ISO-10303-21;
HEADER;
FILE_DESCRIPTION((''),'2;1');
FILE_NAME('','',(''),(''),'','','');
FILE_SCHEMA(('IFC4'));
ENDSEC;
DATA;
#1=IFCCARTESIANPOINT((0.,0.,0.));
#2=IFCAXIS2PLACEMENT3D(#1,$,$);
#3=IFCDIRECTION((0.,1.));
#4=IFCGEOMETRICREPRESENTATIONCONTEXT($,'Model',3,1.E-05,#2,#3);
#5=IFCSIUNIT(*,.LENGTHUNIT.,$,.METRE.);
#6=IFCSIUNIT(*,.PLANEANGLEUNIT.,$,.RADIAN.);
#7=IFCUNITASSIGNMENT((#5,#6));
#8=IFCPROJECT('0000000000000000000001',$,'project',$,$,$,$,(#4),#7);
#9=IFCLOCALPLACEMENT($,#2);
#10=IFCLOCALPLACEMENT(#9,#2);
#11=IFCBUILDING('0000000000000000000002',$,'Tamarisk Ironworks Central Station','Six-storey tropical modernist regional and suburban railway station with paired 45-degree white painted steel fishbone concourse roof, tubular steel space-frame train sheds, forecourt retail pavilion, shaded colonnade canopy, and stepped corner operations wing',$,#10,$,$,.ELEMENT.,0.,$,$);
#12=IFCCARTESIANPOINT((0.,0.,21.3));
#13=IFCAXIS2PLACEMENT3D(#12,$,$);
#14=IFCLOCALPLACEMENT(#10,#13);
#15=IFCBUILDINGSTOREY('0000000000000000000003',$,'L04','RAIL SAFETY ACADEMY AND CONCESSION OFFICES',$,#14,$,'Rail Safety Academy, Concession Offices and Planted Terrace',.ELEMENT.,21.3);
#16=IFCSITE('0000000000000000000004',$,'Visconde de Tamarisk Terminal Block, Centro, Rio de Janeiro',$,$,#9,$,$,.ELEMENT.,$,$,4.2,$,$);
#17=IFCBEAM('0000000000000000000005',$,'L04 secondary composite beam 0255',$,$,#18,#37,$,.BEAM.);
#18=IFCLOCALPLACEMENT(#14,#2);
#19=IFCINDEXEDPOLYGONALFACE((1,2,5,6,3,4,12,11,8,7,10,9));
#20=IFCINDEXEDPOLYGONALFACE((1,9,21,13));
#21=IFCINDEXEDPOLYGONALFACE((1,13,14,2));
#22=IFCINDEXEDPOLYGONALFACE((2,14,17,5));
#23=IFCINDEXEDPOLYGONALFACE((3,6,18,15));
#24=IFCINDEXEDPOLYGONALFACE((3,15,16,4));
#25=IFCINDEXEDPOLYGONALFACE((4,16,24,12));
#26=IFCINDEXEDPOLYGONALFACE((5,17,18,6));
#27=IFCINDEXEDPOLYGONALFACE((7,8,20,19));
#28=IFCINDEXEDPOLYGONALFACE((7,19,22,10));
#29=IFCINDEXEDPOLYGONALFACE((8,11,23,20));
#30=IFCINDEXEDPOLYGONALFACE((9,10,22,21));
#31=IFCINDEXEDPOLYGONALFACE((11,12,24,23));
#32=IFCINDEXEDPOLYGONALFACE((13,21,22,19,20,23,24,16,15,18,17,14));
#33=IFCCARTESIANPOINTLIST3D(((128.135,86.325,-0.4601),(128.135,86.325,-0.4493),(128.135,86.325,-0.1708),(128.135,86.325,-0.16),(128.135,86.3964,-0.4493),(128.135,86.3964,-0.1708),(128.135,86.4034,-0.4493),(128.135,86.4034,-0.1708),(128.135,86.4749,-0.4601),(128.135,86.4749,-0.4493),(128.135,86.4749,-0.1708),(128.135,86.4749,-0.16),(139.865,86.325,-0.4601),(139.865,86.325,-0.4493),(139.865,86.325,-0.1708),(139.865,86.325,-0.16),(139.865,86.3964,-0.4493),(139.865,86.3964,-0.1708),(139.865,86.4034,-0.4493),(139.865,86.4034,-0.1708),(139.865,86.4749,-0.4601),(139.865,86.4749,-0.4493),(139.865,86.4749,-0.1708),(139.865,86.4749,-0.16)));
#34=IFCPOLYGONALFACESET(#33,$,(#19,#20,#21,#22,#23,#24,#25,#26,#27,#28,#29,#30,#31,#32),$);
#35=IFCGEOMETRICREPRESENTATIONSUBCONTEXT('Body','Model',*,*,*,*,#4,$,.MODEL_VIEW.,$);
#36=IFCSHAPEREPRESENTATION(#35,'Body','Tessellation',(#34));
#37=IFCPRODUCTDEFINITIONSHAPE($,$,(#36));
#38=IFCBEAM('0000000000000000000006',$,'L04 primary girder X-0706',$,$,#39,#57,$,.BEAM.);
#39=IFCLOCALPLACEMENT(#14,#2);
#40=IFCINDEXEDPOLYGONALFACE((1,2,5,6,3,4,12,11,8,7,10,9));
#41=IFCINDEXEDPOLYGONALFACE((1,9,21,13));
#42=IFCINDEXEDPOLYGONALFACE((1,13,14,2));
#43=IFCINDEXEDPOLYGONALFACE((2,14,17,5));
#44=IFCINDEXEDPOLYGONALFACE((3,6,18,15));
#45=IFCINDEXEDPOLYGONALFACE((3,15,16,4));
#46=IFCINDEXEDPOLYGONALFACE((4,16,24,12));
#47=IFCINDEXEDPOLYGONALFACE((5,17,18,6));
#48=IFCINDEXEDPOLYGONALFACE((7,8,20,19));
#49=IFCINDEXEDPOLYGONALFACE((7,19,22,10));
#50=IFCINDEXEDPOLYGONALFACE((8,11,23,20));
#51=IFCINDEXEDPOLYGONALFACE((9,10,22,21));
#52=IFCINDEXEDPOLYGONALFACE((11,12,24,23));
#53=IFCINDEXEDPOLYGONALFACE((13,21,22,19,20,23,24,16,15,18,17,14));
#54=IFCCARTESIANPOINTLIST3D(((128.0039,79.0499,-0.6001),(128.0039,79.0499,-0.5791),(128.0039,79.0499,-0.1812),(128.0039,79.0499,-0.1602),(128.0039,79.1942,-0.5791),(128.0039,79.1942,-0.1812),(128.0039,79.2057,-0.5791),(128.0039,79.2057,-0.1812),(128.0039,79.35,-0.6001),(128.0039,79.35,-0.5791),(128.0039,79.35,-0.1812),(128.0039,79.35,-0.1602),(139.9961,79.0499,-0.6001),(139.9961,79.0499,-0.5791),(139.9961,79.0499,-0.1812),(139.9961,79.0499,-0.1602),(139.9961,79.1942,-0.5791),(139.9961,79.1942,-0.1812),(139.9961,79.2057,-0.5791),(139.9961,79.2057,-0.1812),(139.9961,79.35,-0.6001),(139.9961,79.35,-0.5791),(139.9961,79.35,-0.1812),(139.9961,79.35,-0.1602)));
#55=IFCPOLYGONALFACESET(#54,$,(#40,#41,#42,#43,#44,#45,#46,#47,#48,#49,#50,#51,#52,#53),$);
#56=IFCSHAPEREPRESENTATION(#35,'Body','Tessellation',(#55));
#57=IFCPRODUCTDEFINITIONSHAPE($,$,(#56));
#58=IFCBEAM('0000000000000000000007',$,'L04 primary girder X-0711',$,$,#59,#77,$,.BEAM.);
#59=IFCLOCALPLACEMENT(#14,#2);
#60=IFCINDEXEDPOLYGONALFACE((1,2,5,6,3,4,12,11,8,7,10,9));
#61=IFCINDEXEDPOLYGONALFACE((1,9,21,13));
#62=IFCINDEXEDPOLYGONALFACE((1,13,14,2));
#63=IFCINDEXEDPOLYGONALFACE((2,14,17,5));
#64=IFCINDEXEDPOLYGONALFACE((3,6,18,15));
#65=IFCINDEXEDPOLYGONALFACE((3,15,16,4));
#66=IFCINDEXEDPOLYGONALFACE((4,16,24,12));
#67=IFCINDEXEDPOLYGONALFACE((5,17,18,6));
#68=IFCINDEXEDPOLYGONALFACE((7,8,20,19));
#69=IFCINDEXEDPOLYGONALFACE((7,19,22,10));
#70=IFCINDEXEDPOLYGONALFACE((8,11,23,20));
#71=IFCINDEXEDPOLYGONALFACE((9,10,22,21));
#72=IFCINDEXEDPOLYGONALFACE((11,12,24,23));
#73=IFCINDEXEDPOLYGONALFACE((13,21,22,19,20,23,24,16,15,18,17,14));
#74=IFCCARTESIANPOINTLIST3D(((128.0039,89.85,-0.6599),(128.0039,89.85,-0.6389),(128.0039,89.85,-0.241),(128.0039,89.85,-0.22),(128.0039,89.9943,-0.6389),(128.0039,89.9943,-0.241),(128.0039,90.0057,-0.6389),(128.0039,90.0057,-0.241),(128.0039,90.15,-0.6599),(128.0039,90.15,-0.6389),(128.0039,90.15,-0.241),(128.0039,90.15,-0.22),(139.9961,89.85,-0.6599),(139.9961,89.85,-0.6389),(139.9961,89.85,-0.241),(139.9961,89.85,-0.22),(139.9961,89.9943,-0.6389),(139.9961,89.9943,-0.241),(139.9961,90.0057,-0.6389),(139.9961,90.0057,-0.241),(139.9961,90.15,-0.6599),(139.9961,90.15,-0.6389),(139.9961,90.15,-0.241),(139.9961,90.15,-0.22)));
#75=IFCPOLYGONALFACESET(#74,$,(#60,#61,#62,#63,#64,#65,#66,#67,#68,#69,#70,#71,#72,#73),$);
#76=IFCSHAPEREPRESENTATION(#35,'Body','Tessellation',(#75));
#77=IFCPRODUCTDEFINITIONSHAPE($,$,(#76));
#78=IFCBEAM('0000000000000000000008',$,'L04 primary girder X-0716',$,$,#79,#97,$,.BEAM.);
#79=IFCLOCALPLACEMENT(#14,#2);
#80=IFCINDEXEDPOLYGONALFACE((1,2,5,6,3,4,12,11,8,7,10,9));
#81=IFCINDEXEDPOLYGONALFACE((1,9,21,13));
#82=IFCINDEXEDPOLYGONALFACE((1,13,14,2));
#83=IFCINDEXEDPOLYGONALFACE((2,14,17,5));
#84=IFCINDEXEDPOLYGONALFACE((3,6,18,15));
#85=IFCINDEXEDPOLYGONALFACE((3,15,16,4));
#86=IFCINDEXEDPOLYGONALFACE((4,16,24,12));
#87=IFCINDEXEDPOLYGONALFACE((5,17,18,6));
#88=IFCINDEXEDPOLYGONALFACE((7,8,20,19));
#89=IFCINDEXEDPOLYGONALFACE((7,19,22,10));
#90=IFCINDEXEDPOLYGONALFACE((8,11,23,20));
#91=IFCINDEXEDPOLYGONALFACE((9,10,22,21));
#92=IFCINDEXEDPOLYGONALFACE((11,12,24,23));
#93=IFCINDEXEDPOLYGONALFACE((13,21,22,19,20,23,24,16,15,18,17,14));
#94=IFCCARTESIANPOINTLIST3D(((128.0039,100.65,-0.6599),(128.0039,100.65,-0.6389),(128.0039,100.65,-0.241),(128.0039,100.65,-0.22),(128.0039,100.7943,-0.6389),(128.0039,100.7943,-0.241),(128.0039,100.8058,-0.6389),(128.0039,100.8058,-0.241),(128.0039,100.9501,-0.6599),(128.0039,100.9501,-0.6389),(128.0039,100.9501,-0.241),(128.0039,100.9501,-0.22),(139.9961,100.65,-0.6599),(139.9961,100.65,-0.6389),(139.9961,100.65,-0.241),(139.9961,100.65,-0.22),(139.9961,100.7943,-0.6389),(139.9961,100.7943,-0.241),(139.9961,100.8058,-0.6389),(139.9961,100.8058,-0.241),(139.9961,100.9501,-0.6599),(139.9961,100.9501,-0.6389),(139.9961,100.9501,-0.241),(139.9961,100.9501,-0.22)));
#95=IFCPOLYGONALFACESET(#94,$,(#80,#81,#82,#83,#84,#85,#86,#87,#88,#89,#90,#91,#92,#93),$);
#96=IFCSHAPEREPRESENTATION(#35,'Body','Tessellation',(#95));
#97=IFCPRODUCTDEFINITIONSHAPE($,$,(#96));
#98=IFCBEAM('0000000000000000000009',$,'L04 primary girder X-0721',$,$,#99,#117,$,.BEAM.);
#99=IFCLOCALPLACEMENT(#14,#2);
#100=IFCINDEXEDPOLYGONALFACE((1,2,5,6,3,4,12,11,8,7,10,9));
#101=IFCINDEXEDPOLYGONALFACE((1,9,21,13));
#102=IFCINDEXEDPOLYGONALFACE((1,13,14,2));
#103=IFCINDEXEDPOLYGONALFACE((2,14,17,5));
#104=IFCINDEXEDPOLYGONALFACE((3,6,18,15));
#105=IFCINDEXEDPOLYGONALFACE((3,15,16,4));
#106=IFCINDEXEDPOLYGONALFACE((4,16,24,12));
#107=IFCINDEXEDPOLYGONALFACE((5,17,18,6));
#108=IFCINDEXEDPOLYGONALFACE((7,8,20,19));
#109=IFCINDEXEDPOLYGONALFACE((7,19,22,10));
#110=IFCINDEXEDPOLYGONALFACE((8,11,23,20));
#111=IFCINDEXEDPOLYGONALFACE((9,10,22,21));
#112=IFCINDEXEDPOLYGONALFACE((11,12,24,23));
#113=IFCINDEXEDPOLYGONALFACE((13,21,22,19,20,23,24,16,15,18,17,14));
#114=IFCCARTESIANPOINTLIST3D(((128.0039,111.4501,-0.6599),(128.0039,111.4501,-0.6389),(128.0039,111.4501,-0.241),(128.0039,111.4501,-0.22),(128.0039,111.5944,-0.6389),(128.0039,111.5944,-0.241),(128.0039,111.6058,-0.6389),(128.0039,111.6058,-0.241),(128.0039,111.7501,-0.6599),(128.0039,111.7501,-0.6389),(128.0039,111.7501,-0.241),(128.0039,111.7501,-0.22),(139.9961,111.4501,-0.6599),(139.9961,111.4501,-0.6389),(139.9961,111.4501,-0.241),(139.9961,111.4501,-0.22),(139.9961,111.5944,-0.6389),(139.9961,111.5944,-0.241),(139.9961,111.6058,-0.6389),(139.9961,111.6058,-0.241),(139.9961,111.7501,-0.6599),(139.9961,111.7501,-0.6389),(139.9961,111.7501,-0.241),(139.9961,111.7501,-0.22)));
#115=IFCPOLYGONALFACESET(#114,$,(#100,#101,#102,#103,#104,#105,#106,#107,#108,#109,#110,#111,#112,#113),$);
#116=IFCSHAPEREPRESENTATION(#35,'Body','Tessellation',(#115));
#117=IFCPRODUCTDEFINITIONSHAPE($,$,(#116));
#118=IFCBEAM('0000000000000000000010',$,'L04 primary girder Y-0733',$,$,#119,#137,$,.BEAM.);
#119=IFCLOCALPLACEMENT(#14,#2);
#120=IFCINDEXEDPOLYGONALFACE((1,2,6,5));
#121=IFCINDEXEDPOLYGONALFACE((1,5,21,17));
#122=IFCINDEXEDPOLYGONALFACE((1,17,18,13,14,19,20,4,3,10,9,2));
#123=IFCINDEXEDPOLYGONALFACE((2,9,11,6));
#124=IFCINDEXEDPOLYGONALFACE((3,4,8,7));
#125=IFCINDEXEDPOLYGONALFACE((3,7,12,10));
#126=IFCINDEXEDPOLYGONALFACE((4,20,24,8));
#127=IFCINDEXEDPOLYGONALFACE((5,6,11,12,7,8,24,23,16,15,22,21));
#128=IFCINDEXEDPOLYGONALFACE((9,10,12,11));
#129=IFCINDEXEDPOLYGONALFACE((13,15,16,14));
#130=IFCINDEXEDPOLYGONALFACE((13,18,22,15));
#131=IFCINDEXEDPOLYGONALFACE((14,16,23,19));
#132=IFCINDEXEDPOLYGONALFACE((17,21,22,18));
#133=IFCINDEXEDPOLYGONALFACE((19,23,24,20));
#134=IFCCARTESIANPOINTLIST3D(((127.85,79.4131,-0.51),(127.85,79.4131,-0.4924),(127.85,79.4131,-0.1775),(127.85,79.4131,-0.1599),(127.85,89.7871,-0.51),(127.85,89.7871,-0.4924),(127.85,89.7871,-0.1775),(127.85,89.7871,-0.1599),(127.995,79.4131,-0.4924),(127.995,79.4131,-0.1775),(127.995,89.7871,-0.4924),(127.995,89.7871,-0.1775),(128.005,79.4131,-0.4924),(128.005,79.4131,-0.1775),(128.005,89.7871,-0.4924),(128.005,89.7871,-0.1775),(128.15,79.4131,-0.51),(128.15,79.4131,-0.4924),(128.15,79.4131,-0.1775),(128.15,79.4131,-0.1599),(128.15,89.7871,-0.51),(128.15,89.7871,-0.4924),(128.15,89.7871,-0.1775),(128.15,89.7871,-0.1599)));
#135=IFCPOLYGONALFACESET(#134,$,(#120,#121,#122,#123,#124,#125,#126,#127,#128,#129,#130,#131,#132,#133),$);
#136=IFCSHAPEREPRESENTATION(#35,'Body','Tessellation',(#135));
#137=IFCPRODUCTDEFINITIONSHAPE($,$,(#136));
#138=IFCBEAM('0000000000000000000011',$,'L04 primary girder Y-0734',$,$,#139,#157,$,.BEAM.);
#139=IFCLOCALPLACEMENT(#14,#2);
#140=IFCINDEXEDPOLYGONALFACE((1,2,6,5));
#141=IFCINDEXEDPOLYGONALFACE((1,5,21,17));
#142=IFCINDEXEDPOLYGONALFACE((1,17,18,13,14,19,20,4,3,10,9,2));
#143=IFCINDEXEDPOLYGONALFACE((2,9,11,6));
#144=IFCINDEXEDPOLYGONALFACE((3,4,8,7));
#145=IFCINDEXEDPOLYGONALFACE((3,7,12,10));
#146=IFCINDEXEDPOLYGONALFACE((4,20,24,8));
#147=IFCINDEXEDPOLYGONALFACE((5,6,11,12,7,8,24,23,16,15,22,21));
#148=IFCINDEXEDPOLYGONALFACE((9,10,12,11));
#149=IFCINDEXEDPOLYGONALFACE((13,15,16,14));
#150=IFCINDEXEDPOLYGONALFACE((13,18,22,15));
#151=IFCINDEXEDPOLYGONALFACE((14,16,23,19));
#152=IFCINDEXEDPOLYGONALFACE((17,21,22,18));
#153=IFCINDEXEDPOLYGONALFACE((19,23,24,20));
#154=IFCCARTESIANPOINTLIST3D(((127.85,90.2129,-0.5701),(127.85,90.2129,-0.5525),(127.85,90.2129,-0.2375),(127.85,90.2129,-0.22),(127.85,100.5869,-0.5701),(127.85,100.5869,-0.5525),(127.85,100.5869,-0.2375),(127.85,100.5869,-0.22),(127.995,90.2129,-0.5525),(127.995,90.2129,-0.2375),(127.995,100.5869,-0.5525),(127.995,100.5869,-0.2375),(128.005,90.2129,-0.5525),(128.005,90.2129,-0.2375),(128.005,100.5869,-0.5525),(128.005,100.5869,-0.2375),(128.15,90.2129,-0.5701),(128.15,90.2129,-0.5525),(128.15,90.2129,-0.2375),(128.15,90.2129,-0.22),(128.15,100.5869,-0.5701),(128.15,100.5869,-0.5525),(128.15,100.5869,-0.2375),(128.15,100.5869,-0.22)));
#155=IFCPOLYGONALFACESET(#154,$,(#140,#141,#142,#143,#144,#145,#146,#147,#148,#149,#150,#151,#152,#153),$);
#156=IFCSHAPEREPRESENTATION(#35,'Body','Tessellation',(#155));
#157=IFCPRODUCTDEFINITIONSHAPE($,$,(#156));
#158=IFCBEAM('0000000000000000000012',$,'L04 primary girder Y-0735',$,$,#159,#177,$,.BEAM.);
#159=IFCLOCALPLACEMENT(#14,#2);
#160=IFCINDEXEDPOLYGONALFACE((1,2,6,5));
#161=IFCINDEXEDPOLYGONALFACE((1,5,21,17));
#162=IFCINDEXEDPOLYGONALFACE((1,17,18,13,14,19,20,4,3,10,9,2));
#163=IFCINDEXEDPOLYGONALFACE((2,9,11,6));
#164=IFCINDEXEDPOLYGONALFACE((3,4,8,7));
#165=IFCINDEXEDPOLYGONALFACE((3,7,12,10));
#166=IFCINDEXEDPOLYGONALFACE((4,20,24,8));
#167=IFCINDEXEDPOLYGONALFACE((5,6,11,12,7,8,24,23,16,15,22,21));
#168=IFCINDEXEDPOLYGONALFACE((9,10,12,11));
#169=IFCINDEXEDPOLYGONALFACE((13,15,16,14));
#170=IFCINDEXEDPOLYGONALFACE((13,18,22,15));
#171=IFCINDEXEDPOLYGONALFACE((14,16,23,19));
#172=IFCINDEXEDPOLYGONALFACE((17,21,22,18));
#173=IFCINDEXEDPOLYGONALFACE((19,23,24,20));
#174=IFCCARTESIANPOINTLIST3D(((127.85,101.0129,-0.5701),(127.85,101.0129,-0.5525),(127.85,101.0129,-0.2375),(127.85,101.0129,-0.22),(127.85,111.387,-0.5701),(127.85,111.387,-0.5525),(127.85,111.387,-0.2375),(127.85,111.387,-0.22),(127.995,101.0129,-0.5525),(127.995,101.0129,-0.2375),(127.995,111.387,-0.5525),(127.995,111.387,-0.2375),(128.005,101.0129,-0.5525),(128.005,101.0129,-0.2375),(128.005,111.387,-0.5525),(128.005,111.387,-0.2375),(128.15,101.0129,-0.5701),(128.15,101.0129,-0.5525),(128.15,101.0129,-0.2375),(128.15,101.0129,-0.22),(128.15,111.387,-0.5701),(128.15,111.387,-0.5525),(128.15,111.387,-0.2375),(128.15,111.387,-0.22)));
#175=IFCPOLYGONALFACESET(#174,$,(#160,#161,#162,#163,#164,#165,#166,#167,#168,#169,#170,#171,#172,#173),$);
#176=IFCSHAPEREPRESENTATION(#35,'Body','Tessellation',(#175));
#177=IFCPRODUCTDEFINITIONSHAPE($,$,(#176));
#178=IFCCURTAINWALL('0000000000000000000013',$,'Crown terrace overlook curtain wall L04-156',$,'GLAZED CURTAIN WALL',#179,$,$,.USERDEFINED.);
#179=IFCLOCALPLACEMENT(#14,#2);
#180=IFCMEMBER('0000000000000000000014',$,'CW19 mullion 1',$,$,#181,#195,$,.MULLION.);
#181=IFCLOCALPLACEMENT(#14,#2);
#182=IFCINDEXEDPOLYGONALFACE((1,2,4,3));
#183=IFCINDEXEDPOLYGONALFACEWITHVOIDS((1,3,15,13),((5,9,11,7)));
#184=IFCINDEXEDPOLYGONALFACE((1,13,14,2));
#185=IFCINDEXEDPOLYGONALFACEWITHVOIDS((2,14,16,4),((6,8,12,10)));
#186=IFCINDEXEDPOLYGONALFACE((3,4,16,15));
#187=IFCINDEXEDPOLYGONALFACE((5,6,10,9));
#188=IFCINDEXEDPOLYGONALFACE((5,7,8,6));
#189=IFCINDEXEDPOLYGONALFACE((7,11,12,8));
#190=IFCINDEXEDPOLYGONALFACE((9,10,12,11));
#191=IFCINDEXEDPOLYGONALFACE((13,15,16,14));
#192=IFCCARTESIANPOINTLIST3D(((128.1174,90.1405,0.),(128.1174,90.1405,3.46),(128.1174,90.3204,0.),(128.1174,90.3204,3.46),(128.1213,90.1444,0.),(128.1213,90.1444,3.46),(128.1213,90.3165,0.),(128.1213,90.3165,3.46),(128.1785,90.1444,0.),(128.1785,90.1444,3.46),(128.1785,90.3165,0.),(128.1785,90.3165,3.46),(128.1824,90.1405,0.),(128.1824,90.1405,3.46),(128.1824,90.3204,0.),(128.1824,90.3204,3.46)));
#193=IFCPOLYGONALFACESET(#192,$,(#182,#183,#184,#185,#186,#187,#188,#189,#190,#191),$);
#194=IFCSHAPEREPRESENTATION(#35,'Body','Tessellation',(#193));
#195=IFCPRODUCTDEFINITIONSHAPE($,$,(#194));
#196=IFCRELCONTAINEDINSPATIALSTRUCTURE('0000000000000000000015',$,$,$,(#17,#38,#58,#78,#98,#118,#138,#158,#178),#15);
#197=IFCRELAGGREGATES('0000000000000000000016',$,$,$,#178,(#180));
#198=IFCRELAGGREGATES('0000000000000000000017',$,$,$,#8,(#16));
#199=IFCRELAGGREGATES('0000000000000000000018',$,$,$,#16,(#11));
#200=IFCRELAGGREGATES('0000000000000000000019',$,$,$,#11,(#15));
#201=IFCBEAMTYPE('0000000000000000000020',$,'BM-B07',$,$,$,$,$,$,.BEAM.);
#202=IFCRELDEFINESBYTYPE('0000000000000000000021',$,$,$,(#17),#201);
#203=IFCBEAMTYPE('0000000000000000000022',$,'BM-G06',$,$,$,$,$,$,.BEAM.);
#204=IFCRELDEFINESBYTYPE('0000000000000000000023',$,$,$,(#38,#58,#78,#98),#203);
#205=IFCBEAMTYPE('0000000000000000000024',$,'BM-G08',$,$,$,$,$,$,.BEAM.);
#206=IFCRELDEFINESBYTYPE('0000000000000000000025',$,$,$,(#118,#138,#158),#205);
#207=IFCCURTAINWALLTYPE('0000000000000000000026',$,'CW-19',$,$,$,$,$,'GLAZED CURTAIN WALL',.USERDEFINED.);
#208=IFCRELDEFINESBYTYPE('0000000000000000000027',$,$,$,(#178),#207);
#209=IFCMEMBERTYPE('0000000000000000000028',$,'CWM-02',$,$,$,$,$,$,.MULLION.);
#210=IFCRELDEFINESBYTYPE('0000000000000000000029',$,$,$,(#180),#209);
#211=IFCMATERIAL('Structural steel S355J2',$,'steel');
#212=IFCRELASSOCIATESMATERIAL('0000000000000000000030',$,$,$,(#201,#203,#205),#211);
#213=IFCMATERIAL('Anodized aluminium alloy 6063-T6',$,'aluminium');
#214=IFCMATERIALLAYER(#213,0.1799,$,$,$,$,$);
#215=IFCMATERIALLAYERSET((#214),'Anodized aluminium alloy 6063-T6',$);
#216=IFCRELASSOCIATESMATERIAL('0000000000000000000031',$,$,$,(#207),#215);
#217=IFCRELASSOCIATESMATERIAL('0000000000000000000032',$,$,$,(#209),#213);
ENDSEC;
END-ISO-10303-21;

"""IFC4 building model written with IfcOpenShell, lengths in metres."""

from ifc_helpers import new_model, si_unit, direction, frame, origin, origin_2d, place, context, subcontext, project, spatial, hollow_rectangle, i_section, extrude, material, layer, layer_set, material_profile, profile_set, type_object, element, aggregate, save


model = new_model("IFC4")

# Units and contexts
model_context = context("Model", 3, precision=1e-05, world=origin(), true_north=direction((0.0, 1.0)))
body_context = subcontext(model_context, "Body", "Model", "MODEL_VIEW")
ifc_project = project(units=[si_unit("LENGTHUNIT", "METRE"), si_unit("PLANEANGLEUNIT", "RADIAN")], contexts=[model_context])

# Site, building, storey
site_placement = place(None, origin())
site = spatial("IfcSite", under=ifc_project, at=site_placement, Name="Visconde de Tamarisk Terminal Block, Centro, Rio de Janeiro", CompositionType="ELEMENT", RefElevation=4.2)
building_placement = place(site_placement, origin())
building = spatial("IfcBuilding", under=site, at=building_placement, Name="Tamarisk Ironworks Central Station", Description="Six-storey tropical modernist regional and suburban railway station with paired 45-degree white painted steel fishbone concourse roof, tubular steel space-frame train sheds, forecourt retail pavilion, shaded colonnade canopy, and stepped corner operations wing", CompositionType="ELEMENT", ElevationOfRefHeight=0.0)
storey_placement = place(building_placement, frame((0.0, 0.0, 21.3)))
storey = spatial("IfcBuildingStorey", under=building, at=storey_placement, Name="L04", Description="RAIL SAFETY ACADEMY AND CONCESSION OFFICES", LongName="Rail Safety Academy, Concession Offices and Planted Terrace", CompositionType="ELEMENT", Elevation=21.3)

# Shared definitions
ifc_material_1 = material(Name="Structural steel S355J2", Category="steel")

# Beams
ifc_material_profile_1 = material_profile(ifc_material_1, i_section(OverallWidth=0.1499, OverallDepth=0.3, WebThickness=0.0071, FlangeThickness=0.0107, at=origin_2d()), Name="IPE 300")
ifc_profile_set_1 = profile_set([ifc_material_profile_1], Name="Structural steel S355J2")
beam_type_1 = type_object("IfcBeamType", Name="BM-B07", PredefinedType="BEAM", material=ifc_profile_set_1)
for number, where, z_axis, x_axis, name in (
    (1, (128.135, 86.3999, -0.3101), (1.0, 0.0, 0.0), (0.0, 1.0, 0.0), "L04 secondary composite beam 0255"),
):
    element("IfcBeam", number, at=place(storey_placement, frame(where, z_axis=z_axis, x_axis=x_axis)), inside=storey, type_object=beam_type_1, Name=name, PredefinedType="BEAM", context=body_context, shape_type="SweptSolid", body=[
        extrude(i_section(OverallWidth=0.1499, OverallDepth=0.3, WebThickness=0.0071, FlangeThickness=0.0107, at=origin_2d()), origin(), (0.0, 0.0, 1.0), 11.73),
    ])
ifc_material_profile_2 = material_profile(ifc_material_1, i_section(OverallWidth=0.3, OverallDepth=0.4399, WebThickness=0.0115, FlangeThickness=0.021, at=origin_2d()), Name="HEA 450")
ifc_profile_set_2 = profile_set([ifc_material_profile_2], Name="Structural steel S355J2")
beam_type_2 = type_object("IfcBeamType", Name="BM-G06", PredefinedType="BEAM", material=ifc_profile_set_2)
for number, where, z_axis, x_axis, name in (
    (2, (128.0039, 79.2, -0.3801), (1.0, 0.0, 0.0), (0.0, 1.0, 0.0), "L04 primary girder X-0706"),
    (3, (128.0039, 90.0, -0.4399), (1.0, 0.0, 0.0), (0.0, 1.0, 0.0), "L04 primary girder X-0711"),
    (4, (128.0039, 100.8, -0.4399), (1.0, 0.0, 0.0), (0.0, 1.0, 0.0), "L04 primary girder X-0716"),
    (5, (128.0039, 111.6001, -0.4399), (1.0, 0.0, 0.0), (0.0, 1.0, 0.0), "L04 primary girder X-0721"),
):
    element("IfcBeam", number, at=place(storey_placement, frame(where, z_axis=z_axis, x_axis=x_axis)), inside=storey, type_object=beam_type_2, Name=name, PredefinedType="BEAM", context=body_context, shape_type="SweptSolid", body=[
        extrude(i_section(OverallWidth=0.3, OverallDepth=0.4399, WebThickness=0.0115, FlangeThickness=0.021, at=origin_2d()), origin(), (0.0, 0.0, 1.0), 11.9922),
    ])
ifc_material_profile_3 = material_profile(ifc_material_1, i_section(OverallWidth=0.3, OverallDepth=0.3501, WebThickness=0.01, FlangeThickness=0.0176, at=origin_2d()), Name="HEA 360")
ifc_profile_set_3 = profile_set([ifc_material_profile_3], Name="Structural steel S355J2")
beam_type_3 = type_object("IfcBeamType", Name="BM-G08", PredefinedType="BEAM", material=ifc_profile_set_3)
for number, where, z_axis, x_axis, name in (
    (6, (128.0, 79.4131, -0.335), (0.0, 1.0, 0.0), (-1.0, 0.0, 0.0), "L04 primary girder Y-0733"),
    (7, (128.0, 90.2129, -0.395), (0.0, 1.0, 0.0), (-1.0, 0.0, 0.0), "L04 primary girder Y-0734"),
    (8, (128.0, 101.0129, -0.395), (0.0, 1.0, 0.0), (-1.0, 0.0, 0.0), "L04 primary girder Y-0735"),
):
    element("IfcBeam", number, at=place(storey_placement, frame(where, z_axis=z_axis, x_axis=x_axis)), inside=storey, type_object=beam_type_3, Name=name, PredefinedType="BEAM", context=body_context, shape_type="SweptSolid", body=[
        extrude(i_section(OverallWidth=0.3, OverallDepth=0.3501, WebThickness=0.01, FlangeThickness=0.0176, at=origin_2d()), origin(), (0.0, 0.0, 1.0), 10.374),
    ])

# Curtain wall, member
ifc_material_2 = material(Name="Anodized aluminium alloy 6063-T6", Category="aluminium")
ifc_layer_1 = layer(ifc_material_2, 0.1799)
ifc_layer_set_1 = layer_set([ifc_layer_1], Name="Anodized aluminium alloy 6063-T6")
curtain_wall_type = type_object("IfcCurtainWallType", Name="CW-19", ElementType="GLAZED CURTAIN WALL", PredefinedType="USERDEFINED", material=ifc_layer_set_1)
curtain_wall_placement = place(storey_placement, origin())
curtain_wall = element("IfcCurtainWall", 9, at=curtain_wall_placement, inside=storey, type_object=curtain_wall_type, Name="Crown terrace overlook curtain wall L04-156", ObjectType="GLAZED CURTAIN WALL", PredefinedType="USERDEFINED")
ifc_material_profile_4 = material_profile(ifc_material_2, hollow_rectangle(XDim=0.0649, YDim=0.1799, WallThickness=0.0039, at=origin_2d()), Name="ALUM 180x65")
ifc_profile_set_4 = profile_set([ifc_material_profile_4], Name="Anodized aluminium alloy 6063-T6")
member_type_1 = type_object("IfcMemberType", Name="CWM-02", PredefinedType="MULLION", material=ifc_profile_set_4)
member_1_placement = place(storey_placement, frame((128.1499, 90.2305, 0.0), z_axis=(0.0, 0.0, 1.0), x_axis=(-1.0, 0.0, 0.0)))
member_1 = element("IfcMember", 10, at=member_1_placement, type_object=member_type_1, Name="CW19 mullion 1", PredefinedType="MULLION", context=body_context, shape_type="SweptSolid", body=[
    extrude(hollow_rectangle(XDim=0.0649, YDim=0.1799, WallThickness=0.0039, at=origin_2d()), origin(), (0.0, 0.0, 1.0), 3.46),
])
aggregate(curtain_wall, [member_1])

save(model, "model.ifc")
